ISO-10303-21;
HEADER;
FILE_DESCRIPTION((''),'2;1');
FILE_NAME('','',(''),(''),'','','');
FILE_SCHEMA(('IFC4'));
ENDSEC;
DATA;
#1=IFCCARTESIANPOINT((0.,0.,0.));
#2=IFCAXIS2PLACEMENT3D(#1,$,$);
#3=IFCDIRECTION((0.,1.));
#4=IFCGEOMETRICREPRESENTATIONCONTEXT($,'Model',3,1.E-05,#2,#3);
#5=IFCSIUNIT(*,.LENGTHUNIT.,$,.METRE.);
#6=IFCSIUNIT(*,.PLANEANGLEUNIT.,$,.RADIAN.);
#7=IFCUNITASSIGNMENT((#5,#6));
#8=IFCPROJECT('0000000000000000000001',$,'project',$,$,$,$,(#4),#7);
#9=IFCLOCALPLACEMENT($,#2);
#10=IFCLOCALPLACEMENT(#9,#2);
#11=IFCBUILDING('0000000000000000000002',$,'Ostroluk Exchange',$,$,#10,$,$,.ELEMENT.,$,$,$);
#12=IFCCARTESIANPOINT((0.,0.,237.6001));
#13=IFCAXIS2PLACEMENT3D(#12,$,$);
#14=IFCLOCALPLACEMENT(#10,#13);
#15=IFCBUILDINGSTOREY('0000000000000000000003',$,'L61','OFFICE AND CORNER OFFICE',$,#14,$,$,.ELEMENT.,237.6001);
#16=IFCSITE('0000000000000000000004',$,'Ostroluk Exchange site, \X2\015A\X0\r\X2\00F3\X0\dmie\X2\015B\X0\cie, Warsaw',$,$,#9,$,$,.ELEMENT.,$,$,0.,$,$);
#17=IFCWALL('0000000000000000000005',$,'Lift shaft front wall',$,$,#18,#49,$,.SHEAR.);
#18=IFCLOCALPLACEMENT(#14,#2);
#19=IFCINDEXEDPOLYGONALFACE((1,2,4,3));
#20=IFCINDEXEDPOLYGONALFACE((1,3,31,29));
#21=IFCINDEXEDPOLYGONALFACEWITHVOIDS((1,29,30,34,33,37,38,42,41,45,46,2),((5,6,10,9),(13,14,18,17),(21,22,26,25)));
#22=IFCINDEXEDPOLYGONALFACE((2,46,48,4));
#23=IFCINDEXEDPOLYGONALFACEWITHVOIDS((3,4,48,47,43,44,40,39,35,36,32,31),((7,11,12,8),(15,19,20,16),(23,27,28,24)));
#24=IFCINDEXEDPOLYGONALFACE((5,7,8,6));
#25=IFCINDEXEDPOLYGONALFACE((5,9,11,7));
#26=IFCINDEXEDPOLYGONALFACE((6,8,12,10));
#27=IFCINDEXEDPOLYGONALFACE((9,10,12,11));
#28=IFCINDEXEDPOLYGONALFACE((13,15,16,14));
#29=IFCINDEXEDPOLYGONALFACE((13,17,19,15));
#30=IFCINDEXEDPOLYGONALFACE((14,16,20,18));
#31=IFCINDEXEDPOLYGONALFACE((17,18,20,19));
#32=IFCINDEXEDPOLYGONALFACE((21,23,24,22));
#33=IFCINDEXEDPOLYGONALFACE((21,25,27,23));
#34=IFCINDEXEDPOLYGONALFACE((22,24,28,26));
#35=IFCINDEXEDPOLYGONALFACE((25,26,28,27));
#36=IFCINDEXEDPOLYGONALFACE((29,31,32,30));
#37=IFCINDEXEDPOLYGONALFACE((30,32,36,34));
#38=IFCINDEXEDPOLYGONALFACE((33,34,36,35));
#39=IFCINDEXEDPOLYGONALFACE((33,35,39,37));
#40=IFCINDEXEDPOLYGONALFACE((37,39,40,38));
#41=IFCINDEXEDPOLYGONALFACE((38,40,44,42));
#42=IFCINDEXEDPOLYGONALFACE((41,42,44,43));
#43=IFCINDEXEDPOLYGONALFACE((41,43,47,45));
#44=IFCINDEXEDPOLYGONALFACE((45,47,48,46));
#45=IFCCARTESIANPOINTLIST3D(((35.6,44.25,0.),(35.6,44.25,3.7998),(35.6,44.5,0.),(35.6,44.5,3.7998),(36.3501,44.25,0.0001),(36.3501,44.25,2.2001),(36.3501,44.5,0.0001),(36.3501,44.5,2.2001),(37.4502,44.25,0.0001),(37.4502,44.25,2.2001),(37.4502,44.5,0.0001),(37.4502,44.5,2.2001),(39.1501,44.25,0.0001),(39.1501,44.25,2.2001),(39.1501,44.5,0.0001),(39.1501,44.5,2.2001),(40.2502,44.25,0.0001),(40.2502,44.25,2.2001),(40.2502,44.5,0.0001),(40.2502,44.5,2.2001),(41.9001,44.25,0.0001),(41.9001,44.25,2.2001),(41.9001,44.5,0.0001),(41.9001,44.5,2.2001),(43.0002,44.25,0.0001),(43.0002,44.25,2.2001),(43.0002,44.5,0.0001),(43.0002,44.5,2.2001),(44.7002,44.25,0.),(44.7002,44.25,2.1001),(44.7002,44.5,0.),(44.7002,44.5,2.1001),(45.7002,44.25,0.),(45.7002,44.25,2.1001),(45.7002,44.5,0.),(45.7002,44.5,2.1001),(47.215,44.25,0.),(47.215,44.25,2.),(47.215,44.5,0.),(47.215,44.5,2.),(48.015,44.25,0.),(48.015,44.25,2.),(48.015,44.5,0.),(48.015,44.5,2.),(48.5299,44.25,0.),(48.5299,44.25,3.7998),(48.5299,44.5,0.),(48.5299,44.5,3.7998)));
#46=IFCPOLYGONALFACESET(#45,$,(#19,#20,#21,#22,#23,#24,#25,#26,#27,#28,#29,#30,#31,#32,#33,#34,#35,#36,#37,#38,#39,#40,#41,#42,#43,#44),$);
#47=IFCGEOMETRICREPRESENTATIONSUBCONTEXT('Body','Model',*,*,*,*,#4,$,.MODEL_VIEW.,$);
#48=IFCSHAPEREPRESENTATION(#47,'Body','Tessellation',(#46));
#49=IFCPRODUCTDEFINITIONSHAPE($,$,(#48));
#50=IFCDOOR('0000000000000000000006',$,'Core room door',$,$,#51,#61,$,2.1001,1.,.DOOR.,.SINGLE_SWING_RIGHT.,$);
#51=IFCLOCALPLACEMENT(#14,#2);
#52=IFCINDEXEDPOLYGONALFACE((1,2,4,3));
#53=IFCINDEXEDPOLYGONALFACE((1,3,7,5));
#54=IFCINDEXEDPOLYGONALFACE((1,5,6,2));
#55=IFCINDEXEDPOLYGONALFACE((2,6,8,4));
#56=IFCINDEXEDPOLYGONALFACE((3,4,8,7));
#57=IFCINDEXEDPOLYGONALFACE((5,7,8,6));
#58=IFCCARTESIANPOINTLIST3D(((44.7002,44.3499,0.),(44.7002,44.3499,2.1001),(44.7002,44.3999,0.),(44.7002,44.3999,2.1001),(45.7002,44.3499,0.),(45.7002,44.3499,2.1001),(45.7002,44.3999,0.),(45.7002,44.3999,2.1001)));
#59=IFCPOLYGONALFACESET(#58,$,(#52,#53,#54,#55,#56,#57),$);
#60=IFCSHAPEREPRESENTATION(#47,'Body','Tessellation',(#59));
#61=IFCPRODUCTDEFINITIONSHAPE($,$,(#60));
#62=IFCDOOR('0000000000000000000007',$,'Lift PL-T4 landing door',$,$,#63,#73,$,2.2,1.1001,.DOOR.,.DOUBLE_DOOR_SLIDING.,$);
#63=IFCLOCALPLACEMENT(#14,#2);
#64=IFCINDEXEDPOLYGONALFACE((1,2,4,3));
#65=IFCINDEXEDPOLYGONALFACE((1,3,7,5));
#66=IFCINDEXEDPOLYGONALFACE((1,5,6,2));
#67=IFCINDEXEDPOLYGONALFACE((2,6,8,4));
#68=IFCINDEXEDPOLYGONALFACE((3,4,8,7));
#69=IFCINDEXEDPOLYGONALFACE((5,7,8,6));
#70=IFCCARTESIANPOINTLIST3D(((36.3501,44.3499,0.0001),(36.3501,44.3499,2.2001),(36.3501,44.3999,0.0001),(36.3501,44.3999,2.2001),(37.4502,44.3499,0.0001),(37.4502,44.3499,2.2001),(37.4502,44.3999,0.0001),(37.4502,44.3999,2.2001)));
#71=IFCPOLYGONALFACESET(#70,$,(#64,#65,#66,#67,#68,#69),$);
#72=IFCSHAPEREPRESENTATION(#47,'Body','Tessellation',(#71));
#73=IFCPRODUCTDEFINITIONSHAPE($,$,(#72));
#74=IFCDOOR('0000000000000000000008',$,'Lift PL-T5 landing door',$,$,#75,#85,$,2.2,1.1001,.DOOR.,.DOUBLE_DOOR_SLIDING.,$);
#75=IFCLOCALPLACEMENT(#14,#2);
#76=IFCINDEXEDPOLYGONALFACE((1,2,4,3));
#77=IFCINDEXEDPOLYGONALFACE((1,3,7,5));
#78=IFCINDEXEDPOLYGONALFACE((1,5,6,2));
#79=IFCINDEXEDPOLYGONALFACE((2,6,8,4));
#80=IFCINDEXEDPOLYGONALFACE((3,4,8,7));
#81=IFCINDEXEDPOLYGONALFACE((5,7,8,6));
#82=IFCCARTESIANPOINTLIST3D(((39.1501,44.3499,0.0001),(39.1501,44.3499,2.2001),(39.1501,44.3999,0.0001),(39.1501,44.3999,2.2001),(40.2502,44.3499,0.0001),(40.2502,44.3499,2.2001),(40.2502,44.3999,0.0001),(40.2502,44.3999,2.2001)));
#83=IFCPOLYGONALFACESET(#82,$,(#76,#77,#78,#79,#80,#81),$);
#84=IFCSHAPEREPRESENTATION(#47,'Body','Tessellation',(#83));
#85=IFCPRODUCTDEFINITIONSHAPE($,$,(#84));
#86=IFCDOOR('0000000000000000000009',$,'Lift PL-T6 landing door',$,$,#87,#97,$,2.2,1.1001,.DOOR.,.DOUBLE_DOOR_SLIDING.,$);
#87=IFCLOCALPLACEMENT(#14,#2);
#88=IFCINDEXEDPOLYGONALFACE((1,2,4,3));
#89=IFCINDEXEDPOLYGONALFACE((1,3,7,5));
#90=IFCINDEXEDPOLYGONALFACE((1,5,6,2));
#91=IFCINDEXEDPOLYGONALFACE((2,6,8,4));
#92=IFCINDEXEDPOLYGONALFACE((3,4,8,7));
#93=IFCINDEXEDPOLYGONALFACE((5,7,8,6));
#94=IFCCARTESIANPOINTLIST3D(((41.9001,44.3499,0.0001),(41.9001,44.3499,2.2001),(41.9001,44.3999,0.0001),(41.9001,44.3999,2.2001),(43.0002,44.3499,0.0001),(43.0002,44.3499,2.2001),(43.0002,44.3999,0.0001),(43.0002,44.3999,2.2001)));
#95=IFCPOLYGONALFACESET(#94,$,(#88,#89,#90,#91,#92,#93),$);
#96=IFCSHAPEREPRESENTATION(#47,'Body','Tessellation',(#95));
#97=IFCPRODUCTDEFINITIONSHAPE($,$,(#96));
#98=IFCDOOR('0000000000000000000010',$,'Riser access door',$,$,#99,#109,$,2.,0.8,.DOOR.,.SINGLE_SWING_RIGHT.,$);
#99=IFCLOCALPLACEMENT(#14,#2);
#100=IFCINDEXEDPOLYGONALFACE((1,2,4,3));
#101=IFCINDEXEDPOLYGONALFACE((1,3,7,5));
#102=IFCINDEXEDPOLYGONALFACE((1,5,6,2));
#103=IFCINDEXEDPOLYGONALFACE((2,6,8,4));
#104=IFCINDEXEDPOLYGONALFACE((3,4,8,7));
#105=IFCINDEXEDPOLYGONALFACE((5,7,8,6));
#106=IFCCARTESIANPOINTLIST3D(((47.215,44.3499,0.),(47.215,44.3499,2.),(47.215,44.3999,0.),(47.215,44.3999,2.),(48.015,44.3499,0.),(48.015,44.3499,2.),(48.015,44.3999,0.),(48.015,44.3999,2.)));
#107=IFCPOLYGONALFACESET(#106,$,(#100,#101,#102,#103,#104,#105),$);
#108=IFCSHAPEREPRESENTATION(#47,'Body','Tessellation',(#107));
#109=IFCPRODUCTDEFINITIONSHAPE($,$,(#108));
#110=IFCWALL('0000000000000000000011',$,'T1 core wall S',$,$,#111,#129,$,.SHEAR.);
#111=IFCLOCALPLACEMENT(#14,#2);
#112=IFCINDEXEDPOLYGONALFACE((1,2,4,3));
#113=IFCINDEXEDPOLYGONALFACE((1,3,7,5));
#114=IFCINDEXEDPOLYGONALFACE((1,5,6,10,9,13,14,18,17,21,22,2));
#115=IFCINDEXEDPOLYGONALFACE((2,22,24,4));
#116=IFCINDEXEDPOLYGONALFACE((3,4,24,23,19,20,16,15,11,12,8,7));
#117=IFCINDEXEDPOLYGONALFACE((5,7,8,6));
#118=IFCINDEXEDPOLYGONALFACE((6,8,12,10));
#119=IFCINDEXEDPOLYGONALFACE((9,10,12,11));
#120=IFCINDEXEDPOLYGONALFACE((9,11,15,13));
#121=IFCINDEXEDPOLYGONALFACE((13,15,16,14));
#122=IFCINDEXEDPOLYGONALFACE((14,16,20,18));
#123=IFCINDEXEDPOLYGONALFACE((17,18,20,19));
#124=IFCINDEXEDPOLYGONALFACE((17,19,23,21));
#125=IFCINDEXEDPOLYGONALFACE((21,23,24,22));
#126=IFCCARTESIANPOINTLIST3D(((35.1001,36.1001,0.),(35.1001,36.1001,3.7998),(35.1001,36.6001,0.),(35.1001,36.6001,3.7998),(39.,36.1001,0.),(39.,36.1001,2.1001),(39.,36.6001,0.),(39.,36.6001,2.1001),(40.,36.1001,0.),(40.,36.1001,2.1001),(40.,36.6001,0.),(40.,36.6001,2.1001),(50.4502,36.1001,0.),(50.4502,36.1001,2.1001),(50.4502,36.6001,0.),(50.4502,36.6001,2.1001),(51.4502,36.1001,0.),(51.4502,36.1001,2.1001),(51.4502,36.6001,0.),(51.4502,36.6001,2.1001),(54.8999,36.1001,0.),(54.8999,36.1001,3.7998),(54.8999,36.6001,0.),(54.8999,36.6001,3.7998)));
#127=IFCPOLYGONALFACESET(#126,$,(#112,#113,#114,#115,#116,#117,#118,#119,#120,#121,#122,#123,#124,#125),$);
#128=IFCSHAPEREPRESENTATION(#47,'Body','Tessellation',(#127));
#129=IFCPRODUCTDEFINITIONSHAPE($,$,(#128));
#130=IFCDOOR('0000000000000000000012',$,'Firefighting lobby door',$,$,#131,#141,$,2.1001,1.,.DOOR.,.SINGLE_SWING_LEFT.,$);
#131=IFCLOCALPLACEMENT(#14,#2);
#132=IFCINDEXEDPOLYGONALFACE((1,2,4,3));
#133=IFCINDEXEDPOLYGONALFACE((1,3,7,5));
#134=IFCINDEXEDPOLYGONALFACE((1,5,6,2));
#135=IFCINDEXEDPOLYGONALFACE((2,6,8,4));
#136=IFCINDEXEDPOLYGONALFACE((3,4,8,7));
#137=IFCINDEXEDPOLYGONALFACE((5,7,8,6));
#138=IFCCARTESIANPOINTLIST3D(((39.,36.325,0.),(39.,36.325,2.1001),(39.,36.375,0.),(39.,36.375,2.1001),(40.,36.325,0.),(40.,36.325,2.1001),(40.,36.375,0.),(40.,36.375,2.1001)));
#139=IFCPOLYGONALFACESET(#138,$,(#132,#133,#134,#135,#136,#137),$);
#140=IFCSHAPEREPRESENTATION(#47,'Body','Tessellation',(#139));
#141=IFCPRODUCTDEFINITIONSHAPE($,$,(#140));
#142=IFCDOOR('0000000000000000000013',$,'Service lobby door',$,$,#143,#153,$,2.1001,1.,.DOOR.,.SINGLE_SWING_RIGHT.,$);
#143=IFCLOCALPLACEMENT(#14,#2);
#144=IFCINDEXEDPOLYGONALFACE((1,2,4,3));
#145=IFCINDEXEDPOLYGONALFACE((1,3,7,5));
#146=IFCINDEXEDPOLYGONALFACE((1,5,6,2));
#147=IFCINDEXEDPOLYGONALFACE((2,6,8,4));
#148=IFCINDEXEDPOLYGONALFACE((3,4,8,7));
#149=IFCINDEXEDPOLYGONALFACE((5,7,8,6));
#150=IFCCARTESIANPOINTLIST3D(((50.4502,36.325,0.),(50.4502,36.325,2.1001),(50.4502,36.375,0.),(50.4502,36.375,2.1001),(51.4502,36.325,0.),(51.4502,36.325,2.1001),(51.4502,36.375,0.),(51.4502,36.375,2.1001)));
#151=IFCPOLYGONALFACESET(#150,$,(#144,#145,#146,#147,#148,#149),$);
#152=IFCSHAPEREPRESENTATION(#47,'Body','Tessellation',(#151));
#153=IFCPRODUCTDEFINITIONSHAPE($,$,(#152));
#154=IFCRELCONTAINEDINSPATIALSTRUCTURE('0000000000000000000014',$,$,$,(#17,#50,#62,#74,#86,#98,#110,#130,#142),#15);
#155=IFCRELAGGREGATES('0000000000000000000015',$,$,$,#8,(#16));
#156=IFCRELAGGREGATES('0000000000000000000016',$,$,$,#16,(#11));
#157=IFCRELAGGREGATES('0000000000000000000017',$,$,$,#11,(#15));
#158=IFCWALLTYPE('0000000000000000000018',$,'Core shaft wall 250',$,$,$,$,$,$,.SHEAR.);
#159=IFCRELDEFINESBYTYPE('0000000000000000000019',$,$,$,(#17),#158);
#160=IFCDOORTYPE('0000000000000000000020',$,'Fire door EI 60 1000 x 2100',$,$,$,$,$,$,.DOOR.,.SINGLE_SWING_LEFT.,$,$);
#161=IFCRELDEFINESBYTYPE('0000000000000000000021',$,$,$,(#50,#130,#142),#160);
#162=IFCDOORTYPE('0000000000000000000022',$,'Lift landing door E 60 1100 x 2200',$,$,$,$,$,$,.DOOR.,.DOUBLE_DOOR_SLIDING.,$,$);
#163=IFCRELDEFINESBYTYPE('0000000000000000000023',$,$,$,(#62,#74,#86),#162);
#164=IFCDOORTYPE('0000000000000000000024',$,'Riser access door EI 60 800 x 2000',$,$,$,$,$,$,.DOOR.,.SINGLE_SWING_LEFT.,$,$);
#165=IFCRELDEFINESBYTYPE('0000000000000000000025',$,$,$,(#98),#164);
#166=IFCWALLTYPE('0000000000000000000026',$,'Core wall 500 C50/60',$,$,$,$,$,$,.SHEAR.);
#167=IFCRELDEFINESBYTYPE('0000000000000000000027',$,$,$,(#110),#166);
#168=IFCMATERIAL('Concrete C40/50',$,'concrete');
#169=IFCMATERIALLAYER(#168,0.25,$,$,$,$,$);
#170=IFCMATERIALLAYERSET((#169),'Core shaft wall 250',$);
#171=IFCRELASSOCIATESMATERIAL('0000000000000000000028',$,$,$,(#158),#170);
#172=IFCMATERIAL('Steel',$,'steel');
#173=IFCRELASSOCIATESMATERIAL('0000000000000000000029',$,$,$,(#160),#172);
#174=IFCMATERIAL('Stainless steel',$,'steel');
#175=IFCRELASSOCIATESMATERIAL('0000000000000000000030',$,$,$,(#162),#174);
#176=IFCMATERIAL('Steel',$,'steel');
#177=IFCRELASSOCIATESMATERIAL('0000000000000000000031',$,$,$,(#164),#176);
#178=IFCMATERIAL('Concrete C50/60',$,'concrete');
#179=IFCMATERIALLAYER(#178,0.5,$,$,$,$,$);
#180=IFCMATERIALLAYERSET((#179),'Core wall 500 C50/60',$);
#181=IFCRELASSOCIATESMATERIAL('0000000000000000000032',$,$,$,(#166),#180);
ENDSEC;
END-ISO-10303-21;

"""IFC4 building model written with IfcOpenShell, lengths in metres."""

from ifc_helpers import new_model, si_unit, direction, frame, frame_2d, origin, place, context, subcontext, project, spatial, rectangle, extrude, material, layer, layer_set, type_object, element, fill, save


model = new_model("IFC4")

# Units and contexts
model_context = context("Model", 3, precision=1e-05, world=origin(), true_north=direction((0.0, 1.0)))
body_context = subcontext(model_context, "Body", "Model", "MODEL_VIEW")
ifc_project = project(units=[si_unit("LENGTHUNIT", "METRE"), si_unit("PLANEANGLEUNIT", "RADIAN")], contexts=[model_context])

# Site, building, storey
site_placement = place(None, origin())
site = spatial("IfcSite", under=ifc_project, at=site_placement, Name="Ostroluk Exchange site, Śródmieście, Warsaw", CompositionType="ELEMENT", RefElevation=0.0)
building_placement = place(site_placement, origin())
building = spatial("IfcBuilding", under=site, at=building_placement, Name="Ostroluk Exchange", CompositionType="ELEMENT")
storey_placement = place(building_placement, frame((0.0, 0.0, 237.6001)))
storey = spatial("IfcBuildingStorey", under=building, at=storey_placement, Name="L61", Description="OFFICE AND CORNER OFFICE", CompositionType="ELEMENT", Elevation=237.6001)

# Shared definitions
ifc_material_1 = material(Name="Concrete C40/50", Category="concrete")
ifc_layer_1 = layer(ifc_material_1, 0.25)
ifc_layer_set_1 = layer_set([ifc_layer_1], Name="Core shaft wall 250")
wall_type_1 = type_object("IfcWallType", Name="Core shaft wall 250", PredefinedType="SHEAR", material=ifc_layer_set_1)

# Walls, openings, doors
wall_1_placement = place(storey_placement, frame((35.6001, 44.375, 0.0), z_axis=(0.0, 0.0, 1.0), x_axis=(1.0, 0.0, 0.0)))
wall_1 = element("IfcWall", 1, at=wall_1_placement, inside=storey, type_object=wall_type_1, Name="Lift shaft front wall", PredefinedType="SHEAR", context=body_context, shape_type="SweptSolid", body=[
    extrude(rectangle(XDim=12.9299, YDim=0.25, at=frame_2d((6.4648, 0.0))), origin(), (0.0, 0.0, 1.0), 3.7998),
])
opening_1_placement = place(wall_1_placement, frame((0.75, 0.0, 0.0)))
opening_1 = element("IfcOpeningElement", 2, at=opening_1_placement, cuts=wall_1, PredefinedType="OPENING", context=body_context, shape_type="SweptSolid", body=[
    extrude(rectangle(XDim=1.1001, YDim=2.2, at=frame_2d((0.55, 1.1001))), frame((0.0, 0.135, 0.0), z_axis=(0.0, -1.0, 0.0), x_axis=(1.0, 0.0, 0.0)), (0.0, 0.0, 1.0), 0.27),
])
opening_2_placement = place(wall_1_placement, frame((3.55, 0.0, 0.0)))
opening_2 = element("IfcOpeningElement", 3, at=opening_2_placement, cuts=wall_1, PredefinedType="OPENING", context=body_context, shape_type="SweptSolid", body=[
    extrude(rectangle(XDim=1.1001, YDim=2.2, at=frame_2d((0.55, 1.1001))), frame((0.0, 0.135, 0.0), z_axis=(0.0, -1.0, 0.0), x_axis=(1.0, 0.0, 0.0)), (0.0, 0.0, 1.0), 0.27),
])
opening_3_placement = place(wall_1_placement, frame((6.3, 0.0, 0.0)))
opening_3 = element("IfcOpeningElement", 4, at=opening_3_placement, cuts=wall_1, PredefinedType="OPENING", context=body_context, shape_type="SweptSolid", body=[
    extrude(rectangle(XDim=1.1001, YDim=2.2, at=frame_2d((0.55, 1.1001))), frame((0.0, 0.135, 0.0), z_axis=(0.0, -1.0, 0.0), x_axis=(1.0, 0.0, 0.0)), (0.0, 0.0, 1.0), 0.27),
])
opening_4_placement = place(wall_1_placement, frame((9.1001, 0.0, 0.0)))
opening_4 = element("IfcOpeningElement", 5, at=opening_4_placement, cuts=wall_1, PredefinedType="OPENING", context=body_context, shape_type="SweptSolid", body=[
    extrude(rectangle(XDim=1.0, YDim=2.1001, at=frame_2d((0.5, 1.05))), frame((0.0, 0.135, 0.0), z_axis=(0.0, -1.0, 0.0), x_axis=(1.0, 0.0, 0.0)), (0.0, 0.0, 1.0), 0.27),
])
opening_5_placement = place(wall_1_placement, frame((11.615, 0.0, 0.0)))
opening_5 = element("IfcOpeningElement", 6, at=opening_5_placement, cuts=wall_1, PredefinedType="OPENING", context=body_context, shape_type="SweptSolid", body=[
    extrude(rectangle(XDim=0.8, YDim=2.0, at=frame_2d((0.3999, 1.0))), frame((0.0, 0.135, 0.0), z_axis=(0.0, -1.0, 0.0), x_axis=(1.0, 0.0, 0.0)), (0.0, 0.0, 1.0), 0.27),
])
ifc_material_2 = material(Name="Steel", Category="steel")
door_type_1 = type_object("IfcDoorType", Name="Fire door EI 60 1000 x 2100", OperationType="SINGLE_SWING_LEFT", PredefinedType="DOOR", material=ifc_material_2)
door_1_placement = place(opening_4_placement, origin())
door_1 = element("IfcDoor", 7, at=door_1_placement, inside=storey, type_object=door_type_1, Name="Core room door", OperationType="SINGLE_SWING_RIGHT", OverallHeight=2.1001, OverallWidth=1.0, PredefinedType="DOOR", context=body_context, shape_type="SweptSolid", body=[
    extrude(rectangle(XDim=1.0, YDim=2.1001, at=frame_2d((0.5, 1.05))), frame((0.0, 0.0249, 0.0), z_axis=(0.0, -1.0, 0.0), x_axis=(1.0, 0.0, 0.0)), (0.0, 0.0, 1.0), 0.05),
])
fill(opening_4, door_1)
ifc_material_3 = material(Name="Stainless steel", Category="steel")
door_type_2 = type_object("IfcDoorType", Name="Lift landing door E 60 1100 x 2200", OperationType="DOUBLE_DOOR_SLIDING", PredefinedType="DOOR", material=ifc_material_3)
door_2_placement = place(opening_1_placement, origin())
door_2 = element("IfcDoor", 8, at=door_2_placement, inside=storey, type_object=door_type_2, Name="Lift PL-T4 landing door", OperationType="DOUBLE_DOOR_SLIDING", OverallHeight=2.2, OverallWidth=1.1001, PredefinedType="DOOR", context=body_context, shape_type="SweptSolid", body=[
    extrude(rectangle(XDim=1.1001, YDim=2.2, at=frame_2d((0.55, 1.1001))), frame((0.0, 0.0249, 0.0), z_axis=(0.0, -1.0, 0.0), x_axis=(1.0, 0.0, 0.0)), (0.0, 0.0, 1.0), 0.05),
])
fill(opening_1, door_2)
door_3_placement = place(opening_2_placement, origin())
door_3 = element("IfcDoor", 9, at=door_3_placement, inside=storey, type_object=door_type_2, Name="Lift PL-T5 landing door", OperationType="DOUBLE_DOOR_SLIDING", OverallHeight=2.2, OverallWidth=1.1001, PredefinedType="DOOR", context=body_context, shape_type="SweptSolid", body=[
    extrude(rectangle(XDim=1.1001, YDim=2.2, at=frame_2d((0.55, 1.1001))), frame((0.0, 0.0249, 0.0), z_axis=(0.0, -1.0, 0.0), x_axis=(1.0, 0.0, 0.0)), (0.0, 0.0, 1.0), 0.05),
])
fill(opening_2, door_3)
door_4_placement = place(opening_3_placement, origin())
door_4 = element("IfcDoor", 10, at=door_4_placement, inside=storey, type_object=door_type_2, Name="Lift PL-T6 landing door", OperationType="DOUBLE_DOOR_SLIDING", OverallHeight=2.2, OverallWidth=1.1001, PredefinedType="DOOR", context=body_context, shape_type="SweptSolid", body=[
    extrude(rectangle(XDim=1.1001, YDim=2.2, at=frame_2d((0.55, 1.1001))), frame((0.0, 0.0249, 0.0), z_axis=(0.0, -1.0, 0.0), x_axis=(1.0, 0.0, 0.0)), (0.0, 0.0, 1.0), 0.05),
])
fill(opening_3, door_4)
ifc_material_4 = material(Name="Steel", Category="steel")
door_type_3 = type_object("IfcDoorType", Name="Riser access door EI 60 800 x 2000", OperationType="SINGLE_SWING_LEFT", PredefinedType="DOOR", material=ifc_material_4)
door_5_placement = place(opening_5_placement, origin())
door_5 = element("IfcDoor", 11, at=door_5_placement, inside=storey, type_object=door_type_3, Name="Riser access door", OperationType="SINGLE_SWING_RIGHT", OverallHeight=2.0, OverallWidth=0.8, PredefinedType="DOOR", context=body_context, shape_type="SweptSolid", body=[
    extrude(rectangle(XDim=0.8, YDim=2.0, at=frame_2d((0.3999, 1.0))), frame((0.0, 0.0249, 0.0), z_axis=(0.0, -1.0, 0.0), x_axis=(1.0, 0.0, 0.0)), (0.0, 0.0, 1.0), 0.05),
])
fill(opening_5, door_5)
ifc_material_5 = material(Name="Concrete C50/60", Category="concrete")
ifc_layer_2 = layer(ifc_material_5, 0.5)
ifc_layer_set_2 = layer_set([ifc_layer_2], Name="Core wall 500 C50/60")
wall_type_2 = type_object("IfcWallType", Name="Core wall 500 C50/60", PredefinedType="SHEAR", material=ifc_layer_set_2)
wall_2_placement = place(storey_placement, frame((35.1001, 36.3501, 0.0), z_axis=(0.0, 0.0, 1.0), x_axis=(1.0, 0.0, 0.0)))
wall_2 = element("IfcWall", 12, at=wall_2_placement, inside=storey, type_object=wall_type_2, Name="T1 core wall S", PredefinedType="SHEAR", context=body_context, shape_type="SweptSolid", body=[
    extrude(rectangle(XDim=19.7998, YDim=0.5, at=frame_2d((9.8999, 0.0))), origin(), (0.0, 0.0, 1.0), 3.7998),
])
opening_6_placement = place(wall_2_placement, frame((3.8999, 0.0, 0.0)))
opening_6 = element("IfcOpeningElement", 13, at=opening_6_placement, cuts=wall_2, PredefinedType="OPENING", context=body_context, shape_type="SweptSolid", body=[
    extrude(rectangle(XDim=1.0, YDim=2.1001, at=frame_2d((0.5, 1.05))), frame((0.0, 0.26, 0.0), z_axis=(0.0, -1.0, 0.0), x_axis=(1.0, 0.0, 0.0)), (0.0, 0.0, 1.0), 0.52),
])
opening_7_placement = place(wall_2_placement, frame((15.3501, 0.0, 0.0)))
opening_7 = element("IfcOpeningElement", 14, at=opening_7_placement, cuts=wall_2, PredefinedType="OPENING", context=body_context, shape_type="SweptSolid", body=[
    extrude(rectangle(XDim=1.0, YDim=2.1001, at=frame_2d((0.5, 1.05))), frame((0.0, 0.26, 0.0), z_axis=(0.0, -1.0, 0.0), x_axis=(1.0, 0.0, 0.0)), (0.0, 0.0, 1.0), 0.52),
])
door_6_placement = place(opening_6_placement, origin())
door_6 = element("IfcDoor", 15, at=door_6_placement, inside=storey, type_object=door_type_1, Name="Firefighting lobby door", OperationType="SINGLE_SWING_LEFT", OverallHeight=2.1001, OverallWidth=1.0, PredefinedType="DOOR", context=body_context, shape_type="SweptSolid", body=[
    extrude(rectangle(XDim=1.0, YDim=2.1001, at=frame_2d((0.5, 1.05))), frame((0.0, 0.0249, 0.0), z_axis=(0.0, -1.0, 0.0), x_axis=(1.0, 0.0, 0.0)), (0.0, 0.0, 1.0), 0.05),
])
fill(opening_6, door_6)
door_7_placement = place(opening_7_placement, origin())
door_7 = element("IfcDoor", 16, at=door_7_placement, inside=storey, type_object=door_type_1, Name="Service lobby door", OperationType="SINGLE_SWING_RIGHT", OverallHeight=2.1001, OverallWidth=1.0, PredefinedType="DOOR", context=body_context, shape_type="SweptSolid", body=[
    extrude(rectangle(XDim=1.0, YDim=2.1001, at=frame_2d((0.5, 1.05))), frame((0.0, 0.0249, 0.0), z_axis=(0.0, -1.0, 0.0), x_axis=(1.0, 0.0, 0.0)), (0.0, 0.0, 1.0), 0.05),
])
fill(opening_7, door_7)

save(model, "model.ifc")
